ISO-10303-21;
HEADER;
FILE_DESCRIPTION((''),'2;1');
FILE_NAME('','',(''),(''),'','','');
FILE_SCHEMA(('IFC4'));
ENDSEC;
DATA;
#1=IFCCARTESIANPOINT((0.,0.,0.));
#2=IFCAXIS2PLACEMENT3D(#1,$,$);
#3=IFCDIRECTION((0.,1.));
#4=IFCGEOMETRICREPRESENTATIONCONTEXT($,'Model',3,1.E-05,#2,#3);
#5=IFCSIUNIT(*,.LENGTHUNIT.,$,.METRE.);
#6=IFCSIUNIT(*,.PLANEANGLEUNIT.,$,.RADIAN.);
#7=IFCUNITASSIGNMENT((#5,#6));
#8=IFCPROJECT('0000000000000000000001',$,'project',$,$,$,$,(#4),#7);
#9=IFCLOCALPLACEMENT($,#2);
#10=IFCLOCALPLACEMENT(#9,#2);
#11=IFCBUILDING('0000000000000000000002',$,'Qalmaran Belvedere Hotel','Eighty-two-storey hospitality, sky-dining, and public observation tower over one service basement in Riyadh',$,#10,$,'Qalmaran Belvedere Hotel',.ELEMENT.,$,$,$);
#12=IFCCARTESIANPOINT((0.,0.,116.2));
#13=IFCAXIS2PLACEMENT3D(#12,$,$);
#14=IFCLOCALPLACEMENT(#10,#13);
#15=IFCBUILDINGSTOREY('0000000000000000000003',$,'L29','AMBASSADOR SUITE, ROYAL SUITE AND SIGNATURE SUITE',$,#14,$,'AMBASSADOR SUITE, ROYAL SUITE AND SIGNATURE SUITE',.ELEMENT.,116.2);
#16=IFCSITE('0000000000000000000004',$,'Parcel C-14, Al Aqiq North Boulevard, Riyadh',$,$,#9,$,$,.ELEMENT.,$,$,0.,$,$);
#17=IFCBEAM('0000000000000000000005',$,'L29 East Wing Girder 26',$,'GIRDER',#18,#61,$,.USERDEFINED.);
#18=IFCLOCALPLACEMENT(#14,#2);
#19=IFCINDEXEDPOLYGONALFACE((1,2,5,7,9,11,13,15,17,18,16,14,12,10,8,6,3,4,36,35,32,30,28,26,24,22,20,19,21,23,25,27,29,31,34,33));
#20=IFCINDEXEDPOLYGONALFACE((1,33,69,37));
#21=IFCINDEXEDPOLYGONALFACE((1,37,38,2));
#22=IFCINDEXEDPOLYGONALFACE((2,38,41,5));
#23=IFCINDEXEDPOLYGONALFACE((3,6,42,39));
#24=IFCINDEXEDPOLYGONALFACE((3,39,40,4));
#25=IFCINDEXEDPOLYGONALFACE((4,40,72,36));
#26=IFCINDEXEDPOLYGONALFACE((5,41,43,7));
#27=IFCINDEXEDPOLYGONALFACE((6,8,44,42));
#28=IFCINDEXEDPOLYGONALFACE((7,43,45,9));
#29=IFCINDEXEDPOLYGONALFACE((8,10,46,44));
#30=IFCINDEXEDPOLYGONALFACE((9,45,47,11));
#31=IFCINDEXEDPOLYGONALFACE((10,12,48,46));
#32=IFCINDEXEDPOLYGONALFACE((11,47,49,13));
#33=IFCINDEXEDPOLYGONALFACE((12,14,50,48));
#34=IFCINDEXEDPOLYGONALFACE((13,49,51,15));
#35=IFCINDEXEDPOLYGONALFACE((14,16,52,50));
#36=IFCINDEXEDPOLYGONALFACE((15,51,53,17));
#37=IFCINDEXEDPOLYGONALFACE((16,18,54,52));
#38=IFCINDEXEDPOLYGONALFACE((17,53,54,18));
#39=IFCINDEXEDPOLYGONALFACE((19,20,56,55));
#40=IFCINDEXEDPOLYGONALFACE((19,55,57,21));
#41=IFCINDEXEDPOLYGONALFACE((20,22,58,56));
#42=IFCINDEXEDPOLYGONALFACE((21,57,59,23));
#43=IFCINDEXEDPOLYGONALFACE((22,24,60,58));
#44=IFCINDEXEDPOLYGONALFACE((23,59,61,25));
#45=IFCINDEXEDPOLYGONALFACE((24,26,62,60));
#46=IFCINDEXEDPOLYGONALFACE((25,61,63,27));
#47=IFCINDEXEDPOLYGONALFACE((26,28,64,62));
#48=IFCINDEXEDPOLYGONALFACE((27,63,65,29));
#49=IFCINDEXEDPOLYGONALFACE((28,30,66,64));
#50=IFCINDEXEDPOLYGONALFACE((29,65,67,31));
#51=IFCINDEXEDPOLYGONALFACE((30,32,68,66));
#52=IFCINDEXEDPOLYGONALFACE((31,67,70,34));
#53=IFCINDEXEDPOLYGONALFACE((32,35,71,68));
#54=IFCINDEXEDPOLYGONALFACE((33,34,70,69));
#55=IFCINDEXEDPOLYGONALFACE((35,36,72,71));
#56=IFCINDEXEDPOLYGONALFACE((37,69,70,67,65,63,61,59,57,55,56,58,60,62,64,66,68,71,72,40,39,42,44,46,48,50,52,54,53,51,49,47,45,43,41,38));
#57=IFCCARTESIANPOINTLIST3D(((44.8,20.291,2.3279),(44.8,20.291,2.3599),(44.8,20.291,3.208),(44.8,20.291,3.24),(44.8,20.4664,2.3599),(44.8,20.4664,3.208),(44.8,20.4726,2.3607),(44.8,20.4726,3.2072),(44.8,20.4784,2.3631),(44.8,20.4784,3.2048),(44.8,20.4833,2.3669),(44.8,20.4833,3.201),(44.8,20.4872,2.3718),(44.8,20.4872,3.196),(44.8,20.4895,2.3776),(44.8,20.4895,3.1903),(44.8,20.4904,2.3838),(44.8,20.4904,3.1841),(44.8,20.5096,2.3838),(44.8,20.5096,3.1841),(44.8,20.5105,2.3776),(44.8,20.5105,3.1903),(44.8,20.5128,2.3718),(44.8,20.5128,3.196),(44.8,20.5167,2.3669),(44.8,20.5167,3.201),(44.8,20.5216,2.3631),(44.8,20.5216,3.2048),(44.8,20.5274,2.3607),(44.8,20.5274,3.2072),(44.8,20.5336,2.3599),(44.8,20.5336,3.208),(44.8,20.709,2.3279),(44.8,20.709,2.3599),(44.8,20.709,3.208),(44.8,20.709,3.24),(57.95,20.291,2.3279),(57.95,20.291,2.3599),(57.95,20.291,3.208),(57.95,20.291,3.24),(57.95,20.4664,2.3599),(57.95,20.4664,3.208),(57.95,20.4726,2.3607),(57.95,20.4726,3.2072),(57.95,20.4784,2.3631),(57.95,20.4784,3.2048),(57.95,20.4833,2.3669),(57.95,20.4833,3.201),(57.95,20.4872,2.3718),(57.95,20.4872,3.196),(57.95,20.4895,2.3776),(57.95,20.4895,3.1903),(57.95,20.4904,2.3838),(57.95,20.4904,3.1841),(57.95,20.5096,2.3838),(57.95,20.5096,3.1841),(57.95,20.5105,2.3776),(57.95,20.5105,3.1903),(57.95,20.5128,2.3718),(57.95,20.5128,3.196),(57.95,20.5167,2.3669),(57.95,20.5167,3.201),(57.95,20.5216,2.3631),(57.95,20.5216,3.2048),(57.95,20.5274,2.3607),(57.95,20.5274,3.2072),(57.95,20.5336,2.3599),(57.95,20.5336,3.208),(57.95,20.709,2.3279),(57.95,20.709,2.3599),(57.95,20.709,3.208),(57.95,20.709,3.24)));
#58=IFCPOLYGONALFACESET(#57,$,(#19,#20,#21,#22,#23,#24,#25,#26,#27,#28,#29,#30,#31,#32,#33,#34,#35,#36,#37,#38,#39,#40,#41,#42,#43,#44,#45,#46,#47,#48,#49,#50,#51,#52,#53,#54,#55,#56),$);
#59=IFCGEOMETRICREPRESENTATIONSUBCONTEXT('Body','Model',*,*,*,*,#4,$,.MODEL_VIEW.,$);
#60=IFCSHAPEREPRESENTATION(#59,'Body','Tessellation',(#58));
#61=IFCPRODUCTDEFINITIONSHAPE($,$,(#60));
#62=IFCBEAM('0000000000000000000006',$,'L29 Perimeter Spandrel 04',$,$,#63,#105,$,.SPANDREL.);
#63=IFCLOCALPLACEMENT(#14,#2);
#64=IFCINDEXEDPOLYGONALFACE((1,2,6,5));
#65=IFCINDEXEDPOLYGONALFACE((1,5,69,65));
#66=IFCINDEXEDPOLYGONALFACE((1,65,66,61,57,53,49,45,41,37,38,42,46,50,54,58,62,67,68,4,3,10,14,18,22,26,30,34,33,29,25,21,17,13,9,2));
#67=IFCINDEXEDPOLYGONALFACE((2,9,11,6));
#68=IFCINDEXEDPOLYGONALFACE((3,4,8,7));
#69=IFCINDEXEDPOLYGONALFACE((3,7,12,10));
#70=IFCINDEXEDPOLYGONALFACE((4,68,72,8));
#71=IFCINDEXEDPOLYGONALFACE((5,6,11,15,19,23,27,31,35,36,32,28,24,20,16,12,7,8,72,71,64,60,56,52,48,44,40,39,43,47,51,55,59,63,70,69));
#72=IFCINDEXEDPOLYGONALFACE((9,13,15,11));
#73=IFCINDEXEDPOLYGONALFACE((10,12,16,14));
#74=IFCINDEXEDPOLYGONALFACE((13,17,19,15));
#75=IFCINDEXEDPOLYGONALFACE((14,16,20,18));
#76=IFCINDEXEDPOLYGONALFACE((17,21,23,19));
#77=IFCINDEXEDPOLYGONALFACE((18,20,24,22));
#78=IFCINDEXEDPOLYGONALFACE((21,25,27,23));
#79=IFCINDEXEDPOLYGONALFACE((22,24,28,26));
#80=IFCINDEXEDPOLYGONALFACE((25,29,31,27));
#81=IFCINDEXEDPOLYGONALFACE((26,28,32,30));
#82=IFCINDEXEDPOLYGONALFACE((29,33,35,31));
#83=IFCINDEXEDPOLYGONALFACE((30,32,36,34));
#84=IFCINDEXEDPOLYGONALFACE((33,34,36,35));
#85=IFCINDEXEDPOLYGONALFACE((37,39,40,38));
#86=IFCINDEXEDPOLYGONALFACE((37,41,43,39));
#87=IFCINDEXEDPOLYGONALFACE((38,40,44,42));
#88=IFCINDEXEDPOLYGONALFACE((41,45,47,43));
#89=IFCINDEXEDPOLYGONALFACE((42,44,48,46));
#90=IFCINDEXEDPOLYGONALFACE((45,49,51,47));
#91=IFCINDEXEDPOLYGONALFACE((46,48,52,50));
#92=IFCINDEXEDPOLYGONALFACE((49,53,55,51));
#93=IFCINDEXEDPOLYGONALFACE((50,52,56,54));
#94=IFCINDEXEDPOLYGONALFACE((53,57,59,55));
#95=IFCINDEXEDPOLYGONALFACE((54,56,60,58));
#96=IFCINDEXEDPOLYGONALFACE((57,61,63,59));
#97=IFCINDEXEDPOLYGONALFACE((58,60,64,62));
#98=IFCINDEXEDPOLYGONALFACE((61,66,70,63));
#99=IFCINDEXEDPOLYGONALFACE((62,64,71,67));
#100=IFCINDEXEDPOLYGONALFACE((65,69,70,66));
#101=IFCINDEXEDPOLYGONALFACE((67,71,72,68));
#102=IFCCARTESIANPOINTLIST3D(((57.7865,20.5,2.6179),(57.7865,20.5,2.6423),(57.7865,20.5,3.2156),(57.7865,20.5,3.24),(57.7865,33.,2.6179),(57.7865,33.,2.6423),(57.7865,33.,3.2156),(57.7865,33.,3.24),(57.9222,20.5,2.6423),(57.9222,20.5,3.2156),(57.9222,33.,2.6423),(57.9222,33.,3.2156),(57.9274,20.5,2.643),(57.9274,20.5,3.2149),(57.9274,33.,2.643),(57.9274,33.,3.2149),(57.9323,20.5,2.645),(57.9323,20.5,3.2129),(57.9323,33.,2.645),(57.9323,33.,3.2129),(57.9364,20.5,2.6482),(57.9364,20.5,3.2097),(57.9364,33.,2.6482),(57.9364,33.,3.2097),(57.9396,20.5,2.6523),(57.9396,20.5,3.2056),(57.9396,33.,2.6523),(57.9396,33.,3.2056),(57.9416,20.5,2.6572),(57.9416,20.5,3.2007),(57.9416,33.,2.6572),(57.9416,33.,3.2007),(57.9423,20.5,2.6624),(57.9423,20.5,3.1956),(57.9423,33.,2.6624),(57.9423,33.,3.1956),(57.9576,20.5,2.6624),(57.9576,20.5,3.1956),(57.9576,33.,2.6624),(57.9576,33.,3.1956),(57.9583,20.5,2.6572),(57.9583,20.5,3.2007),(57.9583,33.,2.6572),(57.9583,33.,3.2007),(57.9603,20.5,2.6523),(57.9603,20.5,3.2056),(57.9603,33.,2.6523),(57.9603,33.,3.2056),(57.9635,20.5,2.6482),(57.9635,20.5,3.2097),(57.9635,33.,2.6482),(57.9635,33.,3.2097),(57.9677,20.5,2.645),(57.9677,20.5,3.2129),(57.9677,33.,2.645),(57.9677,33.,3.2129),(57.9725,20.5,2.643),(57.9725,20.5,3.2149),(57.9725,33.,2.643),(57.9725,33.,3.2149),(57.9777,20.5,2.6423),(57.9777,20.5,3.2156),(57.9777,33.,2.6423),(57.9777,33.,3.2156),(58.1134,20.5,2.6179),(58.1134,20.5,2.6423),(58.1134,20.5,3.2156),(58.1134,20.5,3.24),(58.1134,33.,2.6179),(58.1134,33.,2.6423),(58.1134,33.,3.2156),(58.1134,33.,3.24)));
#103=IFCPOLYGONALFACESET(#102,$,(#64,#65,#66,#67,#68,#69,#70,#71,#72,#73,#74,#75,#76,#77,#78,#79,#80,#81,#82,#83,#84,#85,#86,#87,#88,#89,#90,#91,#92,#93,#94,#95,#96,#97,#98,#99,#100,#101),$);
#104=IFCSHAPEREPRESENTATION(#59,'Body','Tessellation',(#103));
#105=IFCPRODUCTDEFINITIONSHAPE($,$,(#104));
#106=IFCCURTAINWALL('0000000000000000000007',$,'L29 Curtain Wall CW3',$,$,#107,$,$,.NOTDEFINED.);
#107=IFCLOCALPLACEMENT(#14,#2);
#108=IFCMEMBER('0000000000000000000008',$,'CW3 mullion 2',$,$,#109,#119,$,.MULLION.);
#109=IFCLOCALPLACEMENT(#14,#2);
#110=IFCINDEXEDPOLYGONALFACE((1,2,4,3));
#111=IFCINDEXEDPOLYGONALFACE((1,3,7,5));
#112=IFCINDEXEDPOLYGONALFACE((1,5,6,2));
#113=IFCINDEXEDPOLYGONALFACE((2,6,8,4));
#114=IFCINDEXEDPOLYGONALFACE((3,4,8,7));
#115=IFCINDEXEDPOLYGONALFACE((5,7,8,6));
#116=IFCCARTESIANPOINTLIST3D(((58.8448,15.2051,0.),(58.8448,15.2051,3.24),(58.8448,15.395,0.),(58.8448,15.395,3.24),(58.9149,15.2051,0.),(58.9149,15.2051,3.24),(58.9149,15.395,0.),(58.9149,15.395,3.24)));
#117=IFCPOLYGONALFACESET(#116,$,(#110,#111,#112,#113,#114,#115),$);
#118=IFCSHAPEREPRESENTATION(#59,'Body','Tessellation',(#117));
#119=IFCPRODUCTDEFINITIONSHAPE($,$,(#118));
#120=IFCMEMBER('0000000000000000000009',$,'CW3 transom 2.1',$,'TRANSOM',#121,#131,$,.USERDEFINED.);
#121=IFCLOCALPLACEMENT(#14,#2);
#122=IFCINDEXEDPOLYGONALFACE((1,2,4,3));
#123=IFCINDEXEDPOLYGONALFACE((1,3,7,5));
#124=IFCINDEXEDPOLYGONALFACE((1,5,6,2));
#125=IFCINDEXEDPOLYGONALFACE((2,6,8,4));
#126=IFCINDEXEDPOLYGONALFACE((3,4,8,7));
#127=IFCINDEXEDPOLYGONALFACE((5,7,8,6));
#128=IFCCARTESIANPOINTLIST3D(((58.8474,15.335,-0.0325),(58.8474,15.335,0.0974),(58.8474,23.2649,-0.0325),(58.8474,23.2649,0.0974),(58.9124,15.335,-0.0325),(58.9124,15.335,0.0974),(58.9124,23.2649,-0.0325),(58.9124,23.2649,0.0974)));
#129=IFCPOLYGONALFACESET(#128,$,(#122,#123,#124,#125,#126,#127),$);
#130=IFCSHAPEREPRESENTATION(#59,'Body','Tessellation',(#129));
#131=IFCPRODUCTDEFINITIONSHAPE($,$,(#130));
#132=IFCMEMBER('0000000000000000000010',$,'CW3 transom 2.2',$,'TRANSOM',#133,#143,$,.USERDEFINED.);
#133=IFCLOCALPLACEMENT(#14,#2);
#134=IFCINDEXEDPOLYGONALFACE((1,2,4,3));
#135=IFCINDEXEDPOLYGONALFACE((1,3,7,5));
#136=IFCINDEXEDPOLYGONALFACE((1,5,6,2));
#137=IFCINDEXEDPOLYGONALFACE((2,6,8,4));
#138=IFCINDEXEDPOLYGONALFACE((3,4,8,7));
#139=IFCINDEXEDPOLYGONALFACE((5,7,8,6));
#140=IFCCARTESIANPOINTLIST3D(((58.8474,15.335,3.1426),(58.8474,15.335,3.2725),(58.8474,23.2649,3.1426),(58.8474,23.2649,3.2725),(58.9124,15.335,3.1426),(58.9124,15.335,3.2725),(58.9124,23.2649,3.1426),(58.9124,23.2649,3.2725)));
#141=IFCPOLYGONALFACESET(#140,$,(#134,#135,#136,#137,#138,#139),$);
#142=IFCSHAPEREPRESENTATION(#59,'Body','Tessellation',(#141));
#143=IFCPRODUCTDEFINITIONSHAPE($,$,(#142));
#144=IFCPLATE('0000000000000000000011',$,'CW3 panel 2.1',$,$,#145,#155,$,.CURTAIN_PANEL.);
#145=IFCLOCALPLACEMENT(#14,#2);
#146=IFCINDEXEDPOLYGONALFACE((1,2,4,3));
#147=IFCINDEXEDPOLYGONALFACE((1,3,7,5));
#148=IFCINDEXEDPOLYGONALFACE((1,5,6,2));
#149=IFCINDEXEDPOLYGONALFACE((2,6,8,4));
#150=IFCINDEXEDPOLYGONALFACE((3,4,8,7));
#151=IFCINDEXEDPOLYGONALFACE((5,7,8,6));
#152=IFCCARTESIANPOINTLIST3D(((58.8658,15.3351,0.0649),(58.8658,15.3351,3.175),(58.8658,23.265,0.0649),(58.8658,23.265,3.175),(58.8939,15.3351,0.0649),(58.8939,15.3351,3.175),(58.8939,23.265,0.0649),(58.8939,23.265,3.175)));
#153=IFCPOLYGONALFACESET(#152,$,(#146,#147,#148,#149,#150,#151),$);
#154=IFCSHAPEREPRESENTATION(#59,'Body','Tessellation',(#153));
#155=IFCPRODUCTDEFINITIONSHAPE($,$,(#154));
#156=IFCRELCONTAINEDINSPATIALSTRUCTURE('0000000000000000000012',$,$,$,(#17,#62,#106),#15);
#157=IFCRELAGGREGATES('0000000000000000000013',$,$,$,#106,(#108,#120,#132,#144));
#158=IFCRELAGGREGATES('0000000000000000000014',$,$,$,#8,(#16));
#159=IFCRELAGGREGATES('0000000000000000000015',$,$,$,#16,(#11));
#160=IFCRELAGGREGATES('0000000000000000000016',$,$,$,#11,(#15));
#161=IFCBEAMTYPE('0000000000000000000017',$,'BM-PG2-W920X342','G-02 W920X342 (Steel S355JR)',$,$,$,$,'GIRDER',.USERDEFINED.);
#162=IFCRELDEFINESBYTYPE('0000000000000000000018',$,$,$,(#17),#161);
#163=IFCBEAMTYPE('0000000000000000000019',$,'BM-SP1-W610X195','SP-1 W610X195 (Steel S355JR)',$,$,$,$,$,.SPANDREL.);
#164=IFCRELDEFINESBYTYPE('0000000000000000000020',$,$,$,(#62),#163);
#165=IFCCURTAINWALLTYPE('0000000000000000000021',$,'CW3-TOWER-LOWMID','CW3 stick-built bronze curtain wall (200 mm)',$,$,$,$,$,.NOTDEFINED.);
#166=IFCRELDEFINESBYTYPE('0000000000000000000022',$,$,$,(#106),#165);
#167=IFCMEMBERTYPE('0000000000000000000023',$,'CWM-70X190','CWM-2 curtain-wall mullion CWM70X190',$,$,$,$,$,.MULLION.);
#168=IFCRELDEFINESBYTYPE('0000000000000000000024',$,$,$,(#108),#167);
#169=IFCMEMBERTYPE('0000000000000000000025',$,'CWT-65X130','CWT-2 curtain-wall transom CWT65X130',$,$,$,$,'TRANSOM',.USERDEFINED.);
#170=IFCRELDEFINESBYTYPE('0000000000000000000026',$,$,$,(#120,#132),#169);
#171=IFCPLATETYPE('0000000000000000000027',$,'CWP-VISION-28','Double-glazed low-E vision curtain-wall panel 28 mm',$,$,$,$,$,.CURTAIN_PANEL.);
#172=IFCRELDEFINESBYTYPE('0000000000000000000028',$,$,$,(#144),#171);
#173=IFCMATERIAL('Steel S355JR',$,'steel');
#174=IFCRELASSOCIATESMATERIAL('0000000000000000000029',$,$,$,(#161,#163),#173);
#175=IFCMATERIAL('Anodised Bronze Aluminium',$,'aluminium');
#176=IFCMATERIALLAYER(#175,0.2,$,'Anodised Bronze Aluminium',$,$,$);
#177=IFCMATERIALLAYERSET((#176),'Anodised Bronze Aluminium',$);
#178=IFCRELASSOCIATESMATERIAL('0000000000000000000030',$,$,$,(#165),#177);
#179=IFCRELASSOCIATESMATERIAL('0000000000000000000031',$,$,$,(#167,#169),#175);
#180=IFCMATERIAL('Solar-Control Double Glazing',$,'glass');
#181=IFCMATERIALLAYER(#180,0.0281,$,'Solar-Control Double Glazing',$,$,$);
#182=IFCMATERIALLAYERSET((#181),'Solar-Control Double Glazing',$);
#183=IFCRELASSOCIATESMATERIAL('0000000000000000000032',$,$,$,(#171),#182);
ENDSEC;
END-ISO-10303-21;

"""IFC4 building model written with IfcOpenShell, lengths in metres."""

from ifc_helpers import new_model, si_unit, direction, frame, origin, origin_2d, place, context, subcontext, project, spatial, rectangle, i_section, extrude, material, layer, layer_set, material_profile, profile_set, type_object, element, aggregate, save


model = new_model("IFC4")

# Units and contexts
model_context = context("Model", 3, precision=1e-05, world=origin(), true_north=direction((0.0, 1.0)))
body_context = subcontext(model_context, "Body", "Model", "MODEL_VIEW")
ifc_project = project(units=[si_unit("LENGTHUNIT", "METRE"), si_unit("PLANEANGLEUNIT", "RADIAN")], contexts=[model_context])

# Site, building, storey
site_placement = place(None, origin())
site = spatial("IfcSite", under=ifc_project, at=site_placement, Name="Parcel C-14, Al Aqiq North Boulevard, Riyadh", CompositionType="ELEMENT", RefElevation=0.0)
building_placement = place(site_placement, origin())
building = spatial("IfcBuilding", under=site, at=building_placement, Name="Qalmaran Belvedere Hotel", Description="Eighty-two-storey hospitality, sky-dining, and public observation tower over one service basement in Riyadh", LongName="Qalmaran Belvedere Hotel", CompositionType="ELEMENT")
storey_placement = place(building_placement, frame((0.0, 0.0, 116.2)))
storey = spatial("IfcBuildingStorey", under=building, at=storey_placement, Name="L29", Description="AMBASSADOR SUITE, ROYAL SUITE AND SIGNATURE SUITE", LongName="AMBASSADOR SUITE, ROYAL SUITE AND SIGNATURE SUITE", CompositionType="ELEMENT", Elevation=116.2)

# Beams
ifc_material_1 = material(Name="Steel S355JR", Category="steel")
ifc_material_profile_1 = material_profile(ifc_material_1, i_section(OverallWidth=0.418, OverallDepth=0.9121, WebThickness=0.0193, FlangeThickness=0.032, FilletRadius=0.0239, at=origin_2d()), Name="W920X342")
ifc_profile_set_1 = profile_set([ifc_material_profile_1], Name="Steel S355JR")
beam_type_1 = type_object("IfcBeamType", Name="BM-PG2-W920X342", Description="G-02 W920X342 (Steel S355JR)", ElementType="GIRDER", PredefinedType="USERDEFINED", material=ifc_profile_set_1)
beam_1_placement = place(storey_placement, frame((44.8, 20.5, 2.7839), z_axis=(1.0, 0.0, 0.0), x_axis=(0.0, 1.0, 0.0)))
element("IfcBeam", 1, at=beam_1_placement, inside=storey, type_object=beam_type_1, Name="L29 East Wing Girder 26", ObjectType="GIRDER", PredefinedType="USERDEFINED", context=body_context, shape_type="SweptSolid", body=[
    extrude(i_section(OverallWidth=0.418, OverallDepth=0.9121, WebThickness=0.0193, FlangeThickness=0.032, FilletRadius=0.0239, at=origin_2d()), origin(), (0.0, 0.0, 1.0), 13.1499),
])
ifc_material_profile_2 = material_profile(ifc_material_1, i_section(OverallWidth=0.3269, OverallDepth=0.6221, WebThickness=0.0154, FlangeThickness=0.0244, FilletRadius=0.02, at=origin_2d()), Name="W610X195")
ifc_profile_set_2 = profile_set([ifc_material_profile_2], Name="Steel S355JR")
beam_type_2 = type_object("IfcBeamType", Name="BM-SP1-W610X195", Description="SP-1 W610X195 (Steel S355JR)", PredefinedType="SPANDREL", material=ifc_profile_set_2)
beam_2_placement = place(storey_placement, frame((57.95, 20.5, 2.929), z_axis=(0.0, 1.0, 0.0), x_axis=(-1.0, 0.0, 0.0)))
element("IfcBeam", 2, at=beam_2_placement, inside=storey, type_object=beam_type_2, Name="L29 Perimeter Spandrel 04", PredefinedType="SPANDREL", context=body_context, shape_type="SweptSolid", body=[
    extrude(i_section(OverallWidth=0.3269, OverallDepth=0.6221, WebThickness=0.0154, FlangeThickness=0.0244, FilletRadius=0.02, at=origin_2d()), origin(), (0.0, 0.0, 1.0), 12.5),
])

# Curtain wall, members, plate
ifc_material_2 = material(Name="Anodised Bronze Aluminium", Category="aluminium")
ifc_layer_1 = layer(ifc_material_2, 0.2, Name="Anodised Bronze Aluminium")
ifc_layer_set_1 = layer_set([ifc_layer_1], Name="Anodised Bronze Aluminium")
curtain_wall_type = type_object("IfcCurtainWallType", Name="CW3-TOWER-LOWMID", Description="CW3 stick-built bronze curtain wall (200 mm)", PredefinedType="NOTDEFINED", material=ifc_layer_set_1)
curtain_wall_placement = place(storey_placement, origin())
curtain_wall = element("IfcCurtainWall", 3, at=curtain_wall_placement, inside=storey, type_object=curtain_wall_type, Name="L29 Curtain Wall CW3", PredefinedType="NOTDEFINED")
ifc_material_profile_3 = material_profile(ifc_material_2, rectangle(XDim=0.0701, YDim=0.1899, at=origin_2d()), Name="CWM70X190")
ifc_profile_set_3 = profile_set([ifc_material_profile_3], Name="Anodised Bronze Aluminium")
member_type_1 = type_object("IfcMemberType", Name="CWM-70X190", Description="CWM-2 curtain-wall mullion CWM70X190", PredefinedType="MULLION", material=ifc_profile_set_3)
member_1_placement = place(storey_placement, frame((58.8799, 15.3, 0.0), z_axis=(0.0, 0.0, 1.0), x_axis=(-1.0, 0.0, 0.0)))
member_1 = element("IfcMember", 4, at=member_1_placement, type_object=member_type_1, Name="CW3 mullion 2", PredefinedType="MULLION", context=body_context, shape_type="SweptSolid", body=[
    extrude(rectangle(XDim=0.0701, YDim=0.1899, at=origin_2d()), origin(), (0.0, 0.0, 1.0), 3.24),
])
ifc_material_profile_4 = material_profile(ifc_material_2, rectangle(XDim=0.0649, YDim=0.1299, at=origin_2d()), Name="CWT65X130")
ifc_profile_set_4 = profile_set([ifc_material_profile_4], Name="Anodised Bronze Aluminium")
member_type_2 = type_object("IfcMemberType", Name="CWT-65X130", Description="CWT-2 curtain-wall transom CWT65X130", ElementType="TRANSOM", PredefinedType="USERDEFINED", material=ifc_profile_set_4)
member_2_placement = place(storey_placement, frame((58.8799, 15.335, 0.0325), z_axis=(0.0, 1.0, 0.0), x_axis=(-1.0, 0.0, 0.0)))
member_2 = element("IfcMember", 5, at=member_2_placement, type_object=member_type_2, Name="CW3 transom 2.1", ObjectType="TRANSOM", PredefinedType="USERDEFINED", context=body_context, shape_type="SweptSolid", body=[
    extrude(rectangle(XDim=0.0649, YDim=0.1299, at=origin_2d()), origin(), (0.0, 0.0, 1.0), 7.9299),
])
member_3_placement = place(storey_placement, frame((58.8799, 15.335, 3.2075), z_axis=(0.0, 1.0, 0.0), x_axis=(-1.0, 0.0, 0.0)))
member_3 = element("IfcMember", 6, at=member_3_placement, type_object=member_type_2, Name="CW3 transom 2.2", ObjectType="TRANSOM", PredefinedType="USERDEFINED", context=body_context, shape_type="SweptSolid", body=[
    extrude(rectangle(XDim=0.0649, YDim=0.1299, at=origin_2d()), origin(), (0.0, 0.0, 1.0), 7.9299),
])
ifc_material_3 = material(Name="Solar-Control Double Glazing", Category="glass")
ifc_layer_2 = layer(ifc_material_3, 0.0281, Name="Solar-Control Double Glazing")
ifc_layer_set_2 = layer_set([ifc_layer_2], Name="Solar-Control Double Glazing")
plate_type = type_object("IfcPlateType", Name="CWP-VISION-28", Description="Double-glazed low-E vision curtain-wall panel 28 mm", PredefinedType="CURTAIN_PANEL", material=ifc_layer_set_2)
plate_placement = place(storey_placement, frame((58.8799, 19.3, 0.0649), z_axis=(0.0, 0.0, 1.0), x_axis=(0.0, 1.0, 0.0)))
plate = element("IfcPlate", 7, at=plate_placement, type_object=plate_type, Name="CW3 panel 2.1", PredefinedType="CURTAIN_PANEL", context=body_context, shape_type="SweptSolid", body=[
    extrude(rectangle(XDim=7.9299, YDim=0.0281, at=origin_2d()), origin(), (0.0, 0.0, 1.0), 3.1101),
])
aggregate(curtain_wall, [member_1, member_2, member_3, plate])

save(model, "model.ifc")
